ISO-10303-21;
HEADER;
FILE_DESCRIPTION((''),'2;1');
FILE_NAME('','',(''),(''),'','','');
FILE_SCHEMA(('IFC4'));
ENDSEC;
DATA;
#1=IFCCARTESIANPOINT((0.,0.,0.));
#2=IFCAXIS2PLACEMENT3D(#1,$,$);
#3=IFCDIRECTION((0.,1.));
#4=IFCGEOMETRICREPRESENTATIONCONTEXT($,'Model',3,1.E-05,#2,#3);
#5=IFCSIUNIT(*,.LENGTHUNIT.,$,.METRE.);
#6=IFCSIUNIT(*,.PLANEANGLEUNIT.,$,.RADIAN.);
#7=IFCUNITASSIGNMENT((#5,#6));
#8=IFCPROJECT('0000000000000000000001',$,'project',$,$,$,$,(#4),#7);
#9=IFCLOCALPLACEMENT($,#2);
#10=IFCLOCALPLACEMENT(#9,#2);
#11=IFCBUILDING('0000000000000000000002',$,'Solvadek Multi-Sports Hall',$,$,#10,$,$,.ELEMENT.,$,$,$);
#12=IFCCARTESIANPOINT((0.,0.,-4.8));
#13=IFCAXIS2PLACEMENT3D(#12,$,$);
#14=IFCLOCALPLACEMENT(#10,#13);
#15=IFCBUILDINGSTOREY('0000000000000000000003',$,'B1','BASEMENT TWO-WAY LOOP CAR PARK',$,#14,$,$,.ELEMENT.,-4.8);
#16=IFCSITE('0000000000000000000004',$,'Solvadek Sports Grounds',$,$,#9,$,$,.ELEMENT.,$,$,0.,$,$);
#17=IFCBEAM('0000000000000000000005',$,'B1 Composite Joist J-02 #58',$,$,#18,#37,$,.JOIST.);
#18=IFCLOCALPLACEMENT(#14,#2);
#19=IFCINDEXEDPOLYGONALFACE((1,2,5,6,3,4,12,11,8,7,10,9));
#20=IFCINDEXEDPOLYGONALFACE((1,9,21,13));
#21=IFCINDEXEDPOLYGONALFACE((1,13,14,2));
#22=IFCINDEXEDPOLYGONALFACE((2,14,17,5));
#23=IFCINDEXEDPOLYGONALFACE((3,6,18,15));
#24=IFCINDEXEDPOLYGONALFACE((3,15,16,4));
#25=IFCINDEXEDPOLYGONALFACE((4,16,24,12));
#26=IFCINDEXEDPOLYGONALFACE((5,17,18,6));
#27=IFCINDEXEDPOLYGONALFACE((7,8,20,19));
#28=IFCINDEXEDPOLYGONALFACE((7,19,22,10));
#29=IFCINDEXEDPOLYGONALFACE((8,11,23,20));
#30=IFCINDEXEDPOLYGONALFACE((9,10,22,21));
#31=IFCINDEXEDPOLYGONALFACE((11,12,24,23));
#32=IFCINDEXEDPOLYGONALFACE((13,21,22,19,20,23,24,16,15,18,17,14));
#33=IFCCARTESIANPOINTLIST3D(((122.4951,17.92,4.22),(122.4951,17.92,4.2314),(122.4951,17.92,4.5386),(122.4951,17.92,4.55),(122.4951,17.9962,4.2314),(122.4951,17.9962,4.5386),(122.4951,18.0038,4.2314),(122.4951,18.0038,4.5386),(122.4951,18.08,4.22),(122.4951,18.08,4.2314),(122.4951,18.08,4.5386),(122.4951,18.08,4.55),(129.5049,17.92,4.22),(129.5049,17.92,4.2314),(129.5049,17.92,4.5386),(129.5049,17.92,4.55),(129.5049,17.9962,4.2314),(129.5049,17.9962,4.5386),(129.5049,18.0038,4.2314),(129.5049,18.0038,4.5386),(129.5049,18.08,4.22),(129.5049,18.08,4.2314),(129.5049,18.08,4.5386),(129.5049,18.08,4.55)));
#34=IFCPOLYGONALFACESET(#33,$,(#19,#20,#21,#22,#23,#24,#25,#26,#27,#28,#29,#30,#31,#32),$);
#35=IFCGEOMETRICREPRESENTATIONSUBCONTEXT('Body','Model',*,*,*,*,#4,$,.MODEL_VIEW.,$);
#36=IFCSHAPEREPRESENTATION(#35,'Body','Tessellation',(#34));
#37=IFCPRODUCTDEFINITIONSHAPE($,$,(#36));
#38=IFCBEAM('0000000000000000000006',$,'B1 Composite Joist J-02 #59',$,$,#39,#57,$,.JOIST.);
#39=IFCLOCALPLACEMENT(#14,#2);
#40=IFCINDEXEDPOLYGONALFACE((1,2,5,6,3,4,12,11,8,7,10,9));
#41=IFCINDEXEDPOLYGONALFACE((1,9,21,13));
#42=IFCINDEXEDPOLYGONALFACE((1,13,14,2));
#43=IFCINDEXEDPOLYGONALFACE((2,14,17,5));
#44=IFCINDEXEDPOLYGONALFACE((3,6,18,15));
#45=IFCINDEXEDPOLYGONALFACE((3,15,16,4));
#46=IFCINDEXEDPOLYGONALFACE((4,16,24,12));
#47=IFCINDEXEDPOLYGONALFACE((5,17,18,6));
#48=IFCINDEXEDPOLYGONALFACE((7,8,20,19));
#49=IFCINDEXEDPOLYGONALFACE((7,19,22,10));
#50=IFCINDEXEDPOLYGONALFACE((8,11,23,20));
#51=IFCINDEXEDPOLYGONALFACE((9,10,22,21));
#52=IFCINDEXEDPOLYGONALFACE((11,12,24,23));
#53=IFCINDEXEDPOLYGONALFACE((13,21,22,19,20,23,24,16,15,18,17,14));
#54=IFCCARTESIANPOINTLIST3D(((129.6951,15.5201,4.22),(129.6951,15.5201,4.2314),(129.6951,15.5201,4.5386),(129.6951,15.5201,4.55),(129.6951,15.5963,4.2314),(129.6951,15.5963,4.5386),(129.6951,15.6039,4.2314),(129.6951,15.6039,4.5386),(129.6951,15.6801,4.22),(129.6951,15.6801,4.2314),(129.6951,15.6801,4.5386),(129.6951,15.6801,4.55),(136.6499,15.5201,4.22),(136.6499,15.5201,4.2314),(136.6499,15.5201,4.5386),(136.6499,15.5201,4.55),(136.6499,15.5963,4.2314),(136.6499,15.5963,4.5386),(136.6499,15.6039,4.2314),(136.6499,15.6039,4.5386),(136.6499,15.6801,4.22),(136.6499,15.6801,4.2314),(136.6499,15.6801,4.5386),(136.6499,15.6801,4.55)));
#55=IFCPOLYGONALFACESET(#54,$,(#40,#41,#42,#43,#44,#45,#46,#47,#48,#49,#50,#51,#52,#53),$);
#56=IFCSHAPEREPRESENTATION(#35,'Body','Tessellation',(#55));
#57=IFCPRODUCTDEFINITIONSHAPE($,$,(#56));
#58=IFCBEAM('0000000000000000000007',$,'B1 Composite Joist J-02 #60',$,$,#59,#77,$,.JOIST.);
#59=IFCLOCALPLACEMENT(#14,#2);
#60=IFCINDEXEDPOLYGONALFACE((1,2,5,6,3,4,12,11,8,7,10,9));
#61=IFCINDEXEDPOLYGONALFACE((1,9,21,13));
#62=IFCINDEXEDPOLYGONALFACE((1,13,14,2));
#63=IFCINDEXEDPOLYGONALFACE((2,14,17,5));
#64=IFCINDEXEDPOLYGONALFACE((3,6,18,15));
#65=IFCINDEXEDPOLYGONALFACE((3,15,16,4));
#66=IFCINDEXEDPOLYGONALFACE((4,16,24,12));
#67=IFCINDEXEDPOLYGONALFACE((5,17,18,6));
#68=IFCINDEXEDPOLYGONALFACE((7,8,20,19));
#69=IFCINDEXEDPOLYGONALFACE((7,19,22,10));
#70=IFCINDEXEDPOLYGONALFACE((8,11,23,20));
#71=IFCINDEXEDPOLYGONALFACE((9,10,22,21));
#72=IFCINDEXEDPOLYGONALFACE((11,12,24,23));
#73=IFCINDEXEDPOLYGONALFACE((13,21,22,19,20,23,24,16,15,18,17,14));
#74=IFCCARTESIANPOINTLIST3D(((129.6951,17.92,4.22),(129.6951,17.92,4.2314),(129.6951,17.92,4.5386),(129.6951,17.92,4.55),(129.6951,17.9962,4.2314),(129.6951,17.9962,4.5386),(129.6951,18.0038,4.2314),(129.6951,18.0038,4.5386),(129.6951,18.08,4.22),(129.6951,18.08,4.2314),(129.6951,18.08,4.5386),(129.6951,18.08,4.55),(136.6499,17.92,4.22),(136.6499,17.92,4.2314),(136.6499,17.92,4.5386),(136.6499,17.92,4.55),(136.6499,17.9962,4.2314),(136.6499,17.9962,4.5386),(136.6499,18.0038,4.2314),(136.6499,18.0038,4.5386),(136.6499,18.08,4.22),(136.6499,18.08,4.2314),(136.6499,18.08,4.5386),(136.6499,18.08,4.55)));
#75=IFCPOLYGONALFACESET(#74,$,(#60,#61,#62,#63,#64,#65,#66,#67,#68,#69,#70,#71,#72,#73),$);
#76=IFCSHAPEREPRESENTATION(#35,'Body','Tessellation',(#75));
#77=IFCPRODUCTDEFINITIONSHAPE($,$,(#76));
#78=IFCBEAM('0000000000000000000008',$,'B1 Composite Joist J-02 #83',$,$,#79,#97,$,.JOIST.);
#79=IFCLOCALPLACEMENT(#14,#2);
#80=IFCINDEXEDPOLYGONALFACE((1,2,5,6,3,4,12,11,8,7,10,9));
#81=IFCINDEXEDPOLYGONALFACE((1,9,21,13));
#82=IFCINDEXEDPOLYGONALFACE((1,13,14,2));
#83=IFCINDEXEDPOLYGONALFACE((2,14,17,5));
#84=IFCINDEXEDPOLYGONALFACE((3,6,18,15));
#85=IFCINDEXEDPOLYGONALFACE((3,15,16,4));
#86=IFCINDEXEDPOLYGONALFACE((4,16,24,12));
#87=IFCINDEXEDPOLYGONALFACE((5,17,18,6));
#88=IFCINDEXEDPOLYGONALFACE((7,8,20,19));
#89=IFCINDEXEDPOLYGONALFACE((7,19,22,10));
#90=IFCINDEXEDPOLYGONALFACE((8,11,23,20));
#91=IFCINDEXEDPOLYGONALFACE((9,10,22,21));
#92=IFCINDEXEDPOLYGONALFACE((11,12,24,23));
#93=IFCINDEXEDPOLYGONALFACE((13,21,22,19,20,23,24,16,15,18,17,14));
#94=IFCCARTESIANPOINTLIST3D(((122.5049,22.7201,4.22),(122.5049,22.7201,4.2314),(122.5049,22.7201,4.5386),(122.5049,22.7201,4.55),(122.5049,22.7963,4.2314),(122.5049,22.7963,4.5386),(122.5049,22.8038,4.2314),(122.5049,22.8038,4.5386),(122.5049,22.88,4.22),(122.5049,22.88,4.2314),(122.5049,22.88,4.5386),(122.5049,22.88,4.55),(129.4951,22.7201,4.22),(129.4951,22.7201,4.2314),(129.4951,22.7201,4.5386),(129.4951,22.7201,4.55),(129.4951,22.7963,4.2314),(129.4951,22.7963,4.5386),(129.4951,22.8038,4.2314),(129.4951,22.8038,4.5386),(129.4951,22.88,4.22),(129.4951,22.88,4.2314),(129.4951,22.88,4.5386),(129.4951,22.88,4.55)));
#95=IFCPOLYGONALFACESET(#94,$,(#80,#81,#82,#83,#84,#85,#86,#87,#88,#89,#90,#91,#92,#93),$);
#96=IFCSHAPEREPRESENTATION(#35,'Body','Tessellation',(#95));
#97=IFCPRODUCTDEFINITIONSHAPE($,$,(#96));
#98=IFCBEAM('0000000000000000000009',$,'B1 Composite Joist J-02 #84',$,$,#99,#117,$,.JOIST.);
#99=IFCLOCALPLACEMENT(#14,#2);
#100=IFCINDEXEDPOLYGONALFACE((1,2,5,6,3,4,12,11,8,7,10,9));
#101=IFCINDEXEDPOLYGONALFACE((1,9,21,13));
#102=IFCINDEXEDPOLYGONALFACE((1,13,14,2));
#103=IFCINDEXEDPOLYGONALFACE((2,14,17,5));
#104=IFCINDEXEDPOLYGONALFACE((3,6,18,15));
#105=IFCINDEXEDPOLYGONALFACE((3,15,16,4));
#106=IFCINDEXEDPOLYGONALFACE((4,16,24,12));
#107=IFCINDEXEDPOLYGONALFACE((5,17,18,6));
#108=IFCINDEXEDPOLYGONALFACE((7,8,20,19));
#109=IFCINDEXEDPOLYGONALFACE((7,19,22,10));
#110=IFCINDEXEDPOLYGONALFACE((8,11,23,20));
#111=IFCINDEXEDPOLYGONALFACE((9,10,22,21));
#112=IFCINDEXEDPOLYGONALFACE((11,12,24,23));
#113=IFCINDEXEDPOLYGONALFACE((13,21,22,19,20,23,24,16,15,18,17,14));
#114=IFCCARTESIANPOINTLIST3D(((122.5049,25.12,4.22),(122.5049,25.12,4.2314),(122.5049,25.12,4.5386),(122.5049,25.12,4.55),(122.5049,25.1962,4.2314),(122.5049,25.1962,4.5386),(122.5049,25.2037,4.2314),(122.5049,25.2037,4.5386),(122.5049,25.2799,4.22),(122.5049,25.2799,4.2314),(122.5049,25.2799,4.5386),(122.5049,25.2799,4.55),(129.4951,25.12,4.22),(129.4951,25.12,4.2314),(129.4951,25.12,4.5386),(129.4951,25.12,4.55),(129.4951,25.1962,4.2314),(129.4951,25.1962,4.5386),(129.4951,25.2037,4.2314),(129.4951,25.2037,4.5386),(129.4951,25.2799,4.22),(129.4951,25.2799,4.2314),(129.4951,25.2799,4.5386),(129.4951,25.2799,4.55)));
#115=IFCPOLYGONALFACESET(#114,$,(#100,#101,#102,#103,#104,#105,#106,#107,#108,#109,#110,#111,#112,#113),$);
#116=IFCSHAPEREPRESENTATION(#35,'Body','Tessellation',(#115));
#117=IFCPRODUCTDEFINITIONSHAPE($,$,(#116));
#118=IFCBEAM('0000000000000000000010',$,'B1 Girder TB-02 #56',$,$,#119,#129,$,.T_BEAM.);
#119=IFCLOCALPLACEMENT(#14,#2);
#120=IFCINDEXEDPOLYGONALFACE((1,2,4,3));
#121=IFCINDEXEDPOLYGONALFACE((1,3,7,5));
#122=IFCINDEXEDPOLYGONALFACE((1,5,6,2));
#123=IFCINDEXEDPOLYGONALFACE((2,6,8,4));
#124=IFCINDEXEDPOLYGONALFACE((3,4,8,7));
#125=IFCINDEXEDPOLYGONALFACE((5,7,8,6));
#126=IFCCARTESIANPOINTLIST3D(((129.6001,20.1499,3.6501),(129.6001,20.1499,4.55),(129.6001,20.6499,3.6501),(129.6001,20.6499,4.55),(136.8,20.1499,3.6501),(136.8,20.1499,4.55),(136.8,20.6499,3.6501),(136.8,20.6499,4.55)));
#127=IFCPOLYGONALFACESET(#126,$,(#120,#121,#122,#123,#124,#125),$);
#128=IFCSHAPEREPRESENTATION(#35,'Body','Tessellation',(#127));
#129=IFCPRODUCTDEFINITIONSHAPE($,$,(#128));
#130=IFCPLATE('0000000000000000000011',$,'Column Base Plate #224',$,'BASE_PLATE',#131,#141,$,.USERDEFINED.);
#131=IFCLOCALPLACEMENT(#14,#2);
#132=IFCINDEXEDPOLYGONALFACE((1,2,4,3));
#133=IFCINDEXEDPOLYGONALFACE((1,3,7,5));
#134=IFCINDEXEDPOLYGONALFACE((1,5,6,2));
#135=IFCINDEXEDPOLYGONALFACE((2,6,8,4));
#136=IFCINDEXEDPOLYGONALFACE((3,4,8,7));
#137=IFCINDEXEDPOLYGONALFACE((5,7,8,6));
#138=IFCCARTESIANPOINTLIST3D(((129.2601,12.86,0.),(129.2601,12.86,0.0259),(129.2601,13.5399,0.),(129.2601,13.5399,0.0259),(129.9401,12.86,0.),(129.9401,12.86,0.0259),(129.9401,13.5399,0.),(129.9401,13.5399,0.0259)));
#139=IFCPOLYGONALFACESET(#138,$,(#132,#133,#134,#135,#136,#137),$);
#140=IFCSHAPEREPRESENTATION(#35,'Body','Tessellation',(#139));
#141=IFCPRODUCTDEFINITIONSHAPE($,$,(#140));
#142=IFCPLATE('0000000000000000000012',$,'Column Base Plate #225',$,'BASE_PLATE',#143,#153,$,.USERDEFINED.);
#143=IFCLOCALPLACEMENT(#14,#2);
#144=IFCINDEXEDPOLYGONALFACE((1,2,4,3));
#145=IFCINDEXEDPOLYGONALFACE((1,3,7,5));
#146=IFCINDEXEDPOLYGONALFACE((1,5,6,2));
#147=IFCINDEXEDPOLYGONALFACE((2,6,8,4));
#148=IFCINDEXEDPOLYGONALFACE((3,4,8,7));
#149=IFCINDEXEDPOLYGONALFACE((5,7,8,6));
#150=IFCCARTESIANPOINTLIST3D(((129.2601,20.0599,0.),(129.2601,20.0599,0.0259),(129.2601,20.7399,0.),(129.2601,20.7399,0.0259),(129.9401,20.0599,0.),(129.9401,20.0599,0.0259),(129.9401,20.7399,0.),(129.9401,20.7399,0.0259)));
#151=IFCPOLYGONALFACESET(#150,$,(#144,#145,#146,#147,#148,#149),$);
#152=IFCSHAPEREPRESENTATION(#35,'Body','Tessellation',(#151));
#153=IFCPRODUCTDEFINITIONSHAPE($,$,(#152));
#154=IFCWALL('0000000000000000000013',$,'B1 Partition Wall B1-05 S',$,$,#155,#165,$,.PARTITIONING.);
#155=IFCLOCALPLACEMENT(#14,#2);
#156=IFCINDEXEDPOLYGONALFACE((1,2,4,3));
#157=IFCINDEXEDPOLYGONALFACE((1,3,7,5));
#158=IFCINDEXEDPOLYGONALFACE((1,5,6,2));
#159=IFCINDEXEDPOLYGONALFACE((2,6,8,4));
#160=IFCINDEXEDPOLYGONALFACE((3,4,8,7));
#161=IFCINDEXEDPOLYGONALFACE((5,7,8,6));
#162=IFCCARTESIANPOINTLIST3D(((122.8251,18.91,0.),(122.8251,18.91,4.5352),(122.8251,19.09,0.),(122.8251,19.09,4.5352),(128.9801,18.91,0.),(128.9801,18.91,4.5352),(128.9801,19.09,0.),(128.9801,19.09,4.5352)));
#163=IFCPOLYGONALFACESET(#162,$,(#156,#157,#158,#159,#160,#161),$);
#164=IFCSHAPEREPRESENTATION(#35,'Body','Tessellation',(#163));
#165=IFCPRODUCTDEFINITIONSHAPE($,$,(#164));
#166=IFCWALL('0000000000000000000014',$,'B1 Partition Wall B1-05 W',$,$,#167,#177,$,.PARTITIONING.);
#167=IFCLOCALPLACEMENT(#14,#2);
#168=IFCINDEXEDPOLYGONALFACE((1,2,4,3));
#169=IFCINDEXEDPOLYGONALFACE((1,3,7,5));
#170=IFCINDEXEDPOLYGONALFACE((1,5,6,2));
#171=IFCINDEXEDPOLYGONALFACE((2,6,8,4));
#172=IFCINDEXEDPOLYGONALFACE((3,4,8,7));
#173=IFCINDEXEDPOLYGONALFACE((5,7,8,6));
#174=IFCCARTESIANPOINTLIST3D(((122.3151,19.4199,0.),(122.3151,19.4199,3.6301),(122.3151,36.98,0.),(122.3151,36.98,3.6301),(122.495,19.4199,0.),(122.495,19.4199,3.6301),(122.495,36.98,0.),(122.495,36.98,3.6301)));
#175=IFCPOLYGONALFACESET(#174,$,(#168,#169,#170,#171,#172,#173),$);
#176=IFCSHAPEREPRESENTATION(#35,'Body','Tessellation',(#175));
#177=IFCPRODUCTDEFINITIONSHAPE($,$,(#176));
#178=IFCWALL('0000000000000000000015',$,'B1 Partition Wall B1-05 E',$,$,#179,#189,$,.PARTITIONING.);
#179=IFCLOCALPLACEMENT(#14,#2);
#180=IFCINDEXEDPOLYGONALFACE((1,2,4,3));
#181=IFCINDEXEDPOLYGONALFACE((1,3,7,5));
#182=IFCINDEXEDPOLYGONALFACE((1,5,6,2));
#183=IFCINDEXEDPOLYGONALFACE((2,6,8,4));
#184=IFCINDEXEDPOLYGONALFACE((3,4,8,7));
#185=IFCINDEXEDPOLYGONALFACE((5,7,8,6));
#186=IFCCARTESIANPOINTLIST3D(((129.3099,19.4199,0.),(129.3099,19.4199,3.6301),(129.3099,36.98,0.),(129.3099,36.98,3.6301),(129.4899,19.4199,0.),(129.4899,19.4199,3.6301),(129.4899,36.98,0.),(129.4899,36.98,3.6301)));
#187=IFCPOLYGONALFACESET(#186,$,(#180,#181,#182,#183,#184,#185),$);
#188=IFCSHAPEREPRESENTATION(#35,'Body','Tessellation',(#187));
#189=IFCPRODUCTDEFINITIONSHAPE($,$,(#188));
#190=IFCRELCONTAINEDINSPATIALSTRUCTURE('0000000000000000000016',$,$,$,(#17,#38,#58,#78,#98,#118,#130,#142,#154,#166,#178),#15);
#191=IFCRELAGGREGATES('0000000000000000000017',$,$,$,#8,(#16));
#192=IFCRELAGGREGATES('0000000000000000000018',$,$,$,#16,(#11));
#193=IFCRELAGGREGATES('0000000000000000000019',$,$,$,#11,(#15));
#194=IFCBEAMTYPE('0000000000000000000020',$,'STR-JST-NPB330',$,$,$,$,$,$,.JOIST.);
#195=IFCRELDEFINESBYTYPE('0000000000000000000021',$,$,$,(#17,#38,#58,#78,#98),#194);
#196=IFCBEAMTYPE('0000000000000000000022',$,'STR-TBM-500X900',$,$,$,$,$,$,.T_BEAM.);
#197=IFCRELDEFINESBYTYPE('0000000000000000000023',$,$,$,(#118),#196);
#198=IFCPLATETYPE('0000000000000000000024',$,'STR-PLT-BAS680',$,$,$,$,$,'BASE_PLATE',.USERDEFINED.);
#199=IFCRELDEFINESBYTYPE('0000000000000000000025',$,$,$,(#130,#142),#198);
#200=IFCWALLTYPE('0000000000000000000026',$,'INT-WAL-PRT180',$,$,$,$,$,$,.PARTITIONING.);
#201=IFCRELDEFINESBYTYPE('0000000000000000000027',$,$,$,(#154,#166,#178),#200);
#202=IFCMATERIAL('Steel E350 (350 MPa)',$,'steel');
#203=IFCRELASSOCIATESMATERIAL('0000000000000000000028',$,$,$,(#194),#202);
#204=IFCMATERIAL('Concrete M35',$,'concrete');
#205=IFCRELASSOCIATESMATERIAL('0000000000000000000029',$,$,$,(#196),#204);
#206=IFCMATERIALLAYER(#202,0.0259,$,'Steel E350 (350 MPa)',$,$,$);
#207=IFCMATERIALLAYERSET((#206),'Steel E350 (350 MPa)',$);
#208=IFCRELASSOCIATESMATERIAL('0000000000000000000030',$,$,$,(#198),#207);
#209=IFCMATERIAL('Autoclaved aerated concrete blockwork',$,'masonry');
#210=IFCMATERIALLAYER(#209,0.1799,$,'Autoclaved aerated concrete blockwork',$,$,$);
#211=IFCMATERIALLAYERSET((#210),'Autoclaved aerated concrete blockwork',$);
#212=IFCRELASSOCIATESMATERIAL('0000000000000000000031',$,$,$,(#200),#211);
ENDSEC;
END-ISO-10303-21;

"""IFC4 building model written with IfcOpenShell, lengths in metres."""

from ifc_helpers import new_model, si_unit, direction, frame, frame_2d, origin, origin_2d, place, context, subcontext, project, spatial, rectangle, i_section, extrude, material, layer, layer_set, material_profile, profile_set, type_object, element, save


model = new_model("IFC4")

# Units and contexts
model_context = context("Model", 3, precision=1e-05, world=origin(), true_north=direction((0.0, 1.0)))
body_context = subcontext(model_context, "Body", "Model", "MODEL_VIEW")
ifc_project = project(units=[si_unit("LENGTHUNIT", "METRE"), si_unit("PLANEANGLEUNIT", "RADIAN")], contexts=[model_context])

# Site, building, storey
site_placement = place(None, origin())
site = spatial("IfcSite", under=ifc_project, at=site_placement, Name="Solvadek Sports Grounds", CompositionType="ELEMENT", RefElevation=0.0)
building_placement = place(site_placement, origin())
building = spatial("IfcBuilding", under=site, at=building_placement, Name="Solvadek Multi-Sports Hall", CompositionType="ELEMENT")
storey_placement = place(building_placement, frame((0.0, 0.0, -4.8)))
storey = spatial("IfcBuildingStorey", under=building, at=storey_placement, Name="B1", Description="BASEMENT TWO-WAY LOOP CAR PARK", CompositionType="ELEMENT", Elevation=-4.8)

# Shared definitions
ifc_material_1 = material(Name="Concrete M35", Category="concrete")

# Shared definitions
ifc_material_2 = material(Name="Steel E350 (350 MPa)", Category="steel")

# Beams
ifc_material_profile_1 = material_profile(ifc_material_2, i_section(OverallWidth=0.1599, OverallDepth=0.3301, WebThickness=0.0076, FlangeThickness=0.0115, at=origin_2d()), Name="NPB 330")
ifc_profile_set_1 = profile_set([ifc_material_profile_1], Name="Steel E350 (350 MPa)")
beam_type_1 = type_object("IfcBeamType", Name="STR-JST-NPB330", PredefinedType="JOIST", material=ifc_profile_set_1)
for number, where, z_axis, x_axis, name in (
    (1, (122.4951, 18.0, 4.385), (1.0, 0.0, 0.0), (0.0, 1.0, 0.0), "B1 Composite Joist J-02 #58"),
):
    element("IfcBeam", number, at=place(storey_placement, frame(where, z_axis=z_axis, x_axis=x_axis)), inside=storey, type_object=beam_type_1, Name=name, PredefinedType="JOIST", context=body_context, shape_type="SweptSolid", body=[
        extrude(i_section(OverallWidth=0.1599, OverallDepth=0.3301, WebThickness=0.0076, FlangeThickness=0.0115, at=origin_2d()), origin(), (0.0, 0.0, 1.0), 7.0098),
    ])
for number, where, z_axis, x_axis, name in (
    (2, (129.6951, 15.6001, 4.385), (1.0, 0.0, 0.0), (0.0, 1.0, 0.0), "B1 Composite Joist J-02 #59"),
    (3, (129.6951, 18.0, 4.385), (1.0, 0.0, 0.0), (0.0, 1.0, 0.0), "B1 Composite Joist J-02 #60"),
):
    element("IfcBeam", number, at=place(storey_placement, frame(where, z_axis=z_axis, x_axis=x_axis)), inside=storey, type_object=beam_type_1, Name=name, PredefinedType="JOIST", context=body_context, shape_type="SweptSolid", body=[
        extrude(i_section(OverallWidth=0.1599, OverallDepth=0.3301, WebThickness=0.0076, FlangeThickness=0.0115, at=origin_2d()), origin(), (0.0, 0.0, 1.0), 6.9548),
    ])
for number, where, z_axis, x_axis, name in (
    (4, (122.5049, 22.8, 4.385), (1.0, 0.0, 0.0), (0.0, 1.0, 0.0), "B1 Composite Joist J-02 #83"),
    (5, (122.5049, 25.2, 4.385), (1.0, 0.0, 0.0), (0.0, 1.0, 0.0), "B1 Composite Joist J-02 #84"),
):
    element("IfcBeam", number, at=place(storey_placement, frame(where, z_axis=z_axis, x_axis=x_axis)), inside=storey, type_object=beam_type_1, Name=name, PredefinedType="JOIST", context=body_context, shape_type="SweptSolid", body=[
        extrude(i_section(OverallWidth=0.1599, OverallDepth=0.3301, WebThickness=0.0076, FlangeThickness=0.0115, at=origin_2d()), origin(), (0.0, 0.0, 1.0), 6.9902),
    ])
ifc_material_profile_2 = material_profile(ifc_material_1, rectangle(XDim=0.5, YDim=0.8999, at=origin_2d()), Name="RC T-BEAM 500x900")
ifc_profile_set_2 = profile_set([ifc_material_profile_2], Name="Concrete M35")
beam_type_2 = type_object("IfcBeamType", Name="STR-TBM-500X900", PredefinedType="T_BEAM", material=ifc_profile_set_2)
beam_1_placement = place(storey_placement, frame((129.6001, 20.3999, 4.1001), z_axis=(1.0, 0.0, 0.0), x_axis=(0.0, 1.0, 0.0)))
element("IfcBeam", 6, at=beam_1_placement, inside=storey, type_object=beam_type_2, Name="B1 Girder TB-02 #56", PredefinedType="T_BEAM", context=body_context, shape_type="SweptSolid", body=[
    extrude(rectangle(XDim=0.5, YDim=0.8999, at=origin_2d()), origin(), (0.0, 0.0, 1.0), 7.2),
])

# Plates
ifc_layer_1 = layer(ifc_material_2, 0.0259, Name="Steel E350 (350 MPa)")
ifc_layer_set_1 = layer_set([ifc_layer_1], Name="Steel E350 (350 MPa)")
plate_type = type_object("IfcPlateType", Name="STR-PLT-BAS680", ElementType="BASE_PLATE", PredefinedType="USERDEFINED", material=ifc_layer_set_1)
for number, where, z_axis, x_axis, name in (
    (7, (129.6001, 13.2, 0.0), (0.0, 0.0, 1.0), (1.0, 0.0, 0.0), "Column Base Plate #224"),
    (8, (129.6001, 20.3999, 0.0), (0.0, 0.0, 1.0), (1.0, 0.0, 0.0), "Column Base Plate #225"),
):
    element("IfcPlate", number, at=place(storey_placement, frame(where, z_axis=z_axis, x_axis=x_axis)), inside=storey, type_object=plate_type, Name=name, ObjectType="BASE_PLATE", PredefinedType="USERDEFINED", context=body_context, shape_type="SweptSolid", body=[
        extrude(rectangle(XDim=0.6799, YDim=0.6799, at=origin_2d()), origin(), (0.0, 0.0, 1.0), 0.0259),
    ])

# Walls
ifc_material_3 = material(Name="Autoclaved aerated concrete blockwork", Category="masonry")
ifc_layer_2 = layer(ifc_material_3, 0.1799, Name="Autoclaved aerated concrete blockwork")
ifc_layer_set_2 = layer_set([ifc_layer_2], Name="Autoclaved aerated concrete blockwork")
wall_type_1 = type_object("IfcWallType", Name="INT-WAL-PRT180", PredefinedType="PARTITIONING", material=ifc_layer_set_2)
wall_1_placement = place(storey_placement, frame((122.825, 19.0, 0.0), z_axis=(0.0, 0.0, 1.0), x_axis=(1.0, 0.0, 0.0)))
element("IfcWall", 9, at=wall_1_placement, inside=storey, type_object=wall_type_1, Name="B1 Partition Wall B1-05 S", PredefinedType="PARTITIONING", context=body_context, shape_type="SweptSolid", body=[
    extrude(rectangle(XDim=6.155, YDim=0.1799, at=frame_2d((3.0776, 0.0))), origin(), (0.0, 0.0, 1.0), 4.5352),
])
for number, where, z_axis, x_axis, name in (
    (10, (122.405, 19.4199, 0.0), (0.0, 0.0, 1.0), (0.0, 1.0, 0.0), "B1 Partition Wall B1-05 W"),
    (11, (129.3999, 19.4199, 0.0), (0.0, 0.0, 1.0), (0.0, 1.0, 0.0), "B1 Partition Wall B1-05 E"),
):
    element("IfcWall", number, at=place(storey_placement, frame(where, z_axis=z_axis, x_axis=x_axis)), inside=storey, type_object=wall_type_1, Name=name, PredefinedType="PARTITIONING", context=body_context, shape_type="SweptSolid", body=[
        extrude(rectangle(XDim=17.5601, YDim=0.1799, at=frame_2d((8.78, 0.0))), origin(), (0.0, 0.0, 1.0), 3.6301),
    ])

save(model, "model.ifc")
